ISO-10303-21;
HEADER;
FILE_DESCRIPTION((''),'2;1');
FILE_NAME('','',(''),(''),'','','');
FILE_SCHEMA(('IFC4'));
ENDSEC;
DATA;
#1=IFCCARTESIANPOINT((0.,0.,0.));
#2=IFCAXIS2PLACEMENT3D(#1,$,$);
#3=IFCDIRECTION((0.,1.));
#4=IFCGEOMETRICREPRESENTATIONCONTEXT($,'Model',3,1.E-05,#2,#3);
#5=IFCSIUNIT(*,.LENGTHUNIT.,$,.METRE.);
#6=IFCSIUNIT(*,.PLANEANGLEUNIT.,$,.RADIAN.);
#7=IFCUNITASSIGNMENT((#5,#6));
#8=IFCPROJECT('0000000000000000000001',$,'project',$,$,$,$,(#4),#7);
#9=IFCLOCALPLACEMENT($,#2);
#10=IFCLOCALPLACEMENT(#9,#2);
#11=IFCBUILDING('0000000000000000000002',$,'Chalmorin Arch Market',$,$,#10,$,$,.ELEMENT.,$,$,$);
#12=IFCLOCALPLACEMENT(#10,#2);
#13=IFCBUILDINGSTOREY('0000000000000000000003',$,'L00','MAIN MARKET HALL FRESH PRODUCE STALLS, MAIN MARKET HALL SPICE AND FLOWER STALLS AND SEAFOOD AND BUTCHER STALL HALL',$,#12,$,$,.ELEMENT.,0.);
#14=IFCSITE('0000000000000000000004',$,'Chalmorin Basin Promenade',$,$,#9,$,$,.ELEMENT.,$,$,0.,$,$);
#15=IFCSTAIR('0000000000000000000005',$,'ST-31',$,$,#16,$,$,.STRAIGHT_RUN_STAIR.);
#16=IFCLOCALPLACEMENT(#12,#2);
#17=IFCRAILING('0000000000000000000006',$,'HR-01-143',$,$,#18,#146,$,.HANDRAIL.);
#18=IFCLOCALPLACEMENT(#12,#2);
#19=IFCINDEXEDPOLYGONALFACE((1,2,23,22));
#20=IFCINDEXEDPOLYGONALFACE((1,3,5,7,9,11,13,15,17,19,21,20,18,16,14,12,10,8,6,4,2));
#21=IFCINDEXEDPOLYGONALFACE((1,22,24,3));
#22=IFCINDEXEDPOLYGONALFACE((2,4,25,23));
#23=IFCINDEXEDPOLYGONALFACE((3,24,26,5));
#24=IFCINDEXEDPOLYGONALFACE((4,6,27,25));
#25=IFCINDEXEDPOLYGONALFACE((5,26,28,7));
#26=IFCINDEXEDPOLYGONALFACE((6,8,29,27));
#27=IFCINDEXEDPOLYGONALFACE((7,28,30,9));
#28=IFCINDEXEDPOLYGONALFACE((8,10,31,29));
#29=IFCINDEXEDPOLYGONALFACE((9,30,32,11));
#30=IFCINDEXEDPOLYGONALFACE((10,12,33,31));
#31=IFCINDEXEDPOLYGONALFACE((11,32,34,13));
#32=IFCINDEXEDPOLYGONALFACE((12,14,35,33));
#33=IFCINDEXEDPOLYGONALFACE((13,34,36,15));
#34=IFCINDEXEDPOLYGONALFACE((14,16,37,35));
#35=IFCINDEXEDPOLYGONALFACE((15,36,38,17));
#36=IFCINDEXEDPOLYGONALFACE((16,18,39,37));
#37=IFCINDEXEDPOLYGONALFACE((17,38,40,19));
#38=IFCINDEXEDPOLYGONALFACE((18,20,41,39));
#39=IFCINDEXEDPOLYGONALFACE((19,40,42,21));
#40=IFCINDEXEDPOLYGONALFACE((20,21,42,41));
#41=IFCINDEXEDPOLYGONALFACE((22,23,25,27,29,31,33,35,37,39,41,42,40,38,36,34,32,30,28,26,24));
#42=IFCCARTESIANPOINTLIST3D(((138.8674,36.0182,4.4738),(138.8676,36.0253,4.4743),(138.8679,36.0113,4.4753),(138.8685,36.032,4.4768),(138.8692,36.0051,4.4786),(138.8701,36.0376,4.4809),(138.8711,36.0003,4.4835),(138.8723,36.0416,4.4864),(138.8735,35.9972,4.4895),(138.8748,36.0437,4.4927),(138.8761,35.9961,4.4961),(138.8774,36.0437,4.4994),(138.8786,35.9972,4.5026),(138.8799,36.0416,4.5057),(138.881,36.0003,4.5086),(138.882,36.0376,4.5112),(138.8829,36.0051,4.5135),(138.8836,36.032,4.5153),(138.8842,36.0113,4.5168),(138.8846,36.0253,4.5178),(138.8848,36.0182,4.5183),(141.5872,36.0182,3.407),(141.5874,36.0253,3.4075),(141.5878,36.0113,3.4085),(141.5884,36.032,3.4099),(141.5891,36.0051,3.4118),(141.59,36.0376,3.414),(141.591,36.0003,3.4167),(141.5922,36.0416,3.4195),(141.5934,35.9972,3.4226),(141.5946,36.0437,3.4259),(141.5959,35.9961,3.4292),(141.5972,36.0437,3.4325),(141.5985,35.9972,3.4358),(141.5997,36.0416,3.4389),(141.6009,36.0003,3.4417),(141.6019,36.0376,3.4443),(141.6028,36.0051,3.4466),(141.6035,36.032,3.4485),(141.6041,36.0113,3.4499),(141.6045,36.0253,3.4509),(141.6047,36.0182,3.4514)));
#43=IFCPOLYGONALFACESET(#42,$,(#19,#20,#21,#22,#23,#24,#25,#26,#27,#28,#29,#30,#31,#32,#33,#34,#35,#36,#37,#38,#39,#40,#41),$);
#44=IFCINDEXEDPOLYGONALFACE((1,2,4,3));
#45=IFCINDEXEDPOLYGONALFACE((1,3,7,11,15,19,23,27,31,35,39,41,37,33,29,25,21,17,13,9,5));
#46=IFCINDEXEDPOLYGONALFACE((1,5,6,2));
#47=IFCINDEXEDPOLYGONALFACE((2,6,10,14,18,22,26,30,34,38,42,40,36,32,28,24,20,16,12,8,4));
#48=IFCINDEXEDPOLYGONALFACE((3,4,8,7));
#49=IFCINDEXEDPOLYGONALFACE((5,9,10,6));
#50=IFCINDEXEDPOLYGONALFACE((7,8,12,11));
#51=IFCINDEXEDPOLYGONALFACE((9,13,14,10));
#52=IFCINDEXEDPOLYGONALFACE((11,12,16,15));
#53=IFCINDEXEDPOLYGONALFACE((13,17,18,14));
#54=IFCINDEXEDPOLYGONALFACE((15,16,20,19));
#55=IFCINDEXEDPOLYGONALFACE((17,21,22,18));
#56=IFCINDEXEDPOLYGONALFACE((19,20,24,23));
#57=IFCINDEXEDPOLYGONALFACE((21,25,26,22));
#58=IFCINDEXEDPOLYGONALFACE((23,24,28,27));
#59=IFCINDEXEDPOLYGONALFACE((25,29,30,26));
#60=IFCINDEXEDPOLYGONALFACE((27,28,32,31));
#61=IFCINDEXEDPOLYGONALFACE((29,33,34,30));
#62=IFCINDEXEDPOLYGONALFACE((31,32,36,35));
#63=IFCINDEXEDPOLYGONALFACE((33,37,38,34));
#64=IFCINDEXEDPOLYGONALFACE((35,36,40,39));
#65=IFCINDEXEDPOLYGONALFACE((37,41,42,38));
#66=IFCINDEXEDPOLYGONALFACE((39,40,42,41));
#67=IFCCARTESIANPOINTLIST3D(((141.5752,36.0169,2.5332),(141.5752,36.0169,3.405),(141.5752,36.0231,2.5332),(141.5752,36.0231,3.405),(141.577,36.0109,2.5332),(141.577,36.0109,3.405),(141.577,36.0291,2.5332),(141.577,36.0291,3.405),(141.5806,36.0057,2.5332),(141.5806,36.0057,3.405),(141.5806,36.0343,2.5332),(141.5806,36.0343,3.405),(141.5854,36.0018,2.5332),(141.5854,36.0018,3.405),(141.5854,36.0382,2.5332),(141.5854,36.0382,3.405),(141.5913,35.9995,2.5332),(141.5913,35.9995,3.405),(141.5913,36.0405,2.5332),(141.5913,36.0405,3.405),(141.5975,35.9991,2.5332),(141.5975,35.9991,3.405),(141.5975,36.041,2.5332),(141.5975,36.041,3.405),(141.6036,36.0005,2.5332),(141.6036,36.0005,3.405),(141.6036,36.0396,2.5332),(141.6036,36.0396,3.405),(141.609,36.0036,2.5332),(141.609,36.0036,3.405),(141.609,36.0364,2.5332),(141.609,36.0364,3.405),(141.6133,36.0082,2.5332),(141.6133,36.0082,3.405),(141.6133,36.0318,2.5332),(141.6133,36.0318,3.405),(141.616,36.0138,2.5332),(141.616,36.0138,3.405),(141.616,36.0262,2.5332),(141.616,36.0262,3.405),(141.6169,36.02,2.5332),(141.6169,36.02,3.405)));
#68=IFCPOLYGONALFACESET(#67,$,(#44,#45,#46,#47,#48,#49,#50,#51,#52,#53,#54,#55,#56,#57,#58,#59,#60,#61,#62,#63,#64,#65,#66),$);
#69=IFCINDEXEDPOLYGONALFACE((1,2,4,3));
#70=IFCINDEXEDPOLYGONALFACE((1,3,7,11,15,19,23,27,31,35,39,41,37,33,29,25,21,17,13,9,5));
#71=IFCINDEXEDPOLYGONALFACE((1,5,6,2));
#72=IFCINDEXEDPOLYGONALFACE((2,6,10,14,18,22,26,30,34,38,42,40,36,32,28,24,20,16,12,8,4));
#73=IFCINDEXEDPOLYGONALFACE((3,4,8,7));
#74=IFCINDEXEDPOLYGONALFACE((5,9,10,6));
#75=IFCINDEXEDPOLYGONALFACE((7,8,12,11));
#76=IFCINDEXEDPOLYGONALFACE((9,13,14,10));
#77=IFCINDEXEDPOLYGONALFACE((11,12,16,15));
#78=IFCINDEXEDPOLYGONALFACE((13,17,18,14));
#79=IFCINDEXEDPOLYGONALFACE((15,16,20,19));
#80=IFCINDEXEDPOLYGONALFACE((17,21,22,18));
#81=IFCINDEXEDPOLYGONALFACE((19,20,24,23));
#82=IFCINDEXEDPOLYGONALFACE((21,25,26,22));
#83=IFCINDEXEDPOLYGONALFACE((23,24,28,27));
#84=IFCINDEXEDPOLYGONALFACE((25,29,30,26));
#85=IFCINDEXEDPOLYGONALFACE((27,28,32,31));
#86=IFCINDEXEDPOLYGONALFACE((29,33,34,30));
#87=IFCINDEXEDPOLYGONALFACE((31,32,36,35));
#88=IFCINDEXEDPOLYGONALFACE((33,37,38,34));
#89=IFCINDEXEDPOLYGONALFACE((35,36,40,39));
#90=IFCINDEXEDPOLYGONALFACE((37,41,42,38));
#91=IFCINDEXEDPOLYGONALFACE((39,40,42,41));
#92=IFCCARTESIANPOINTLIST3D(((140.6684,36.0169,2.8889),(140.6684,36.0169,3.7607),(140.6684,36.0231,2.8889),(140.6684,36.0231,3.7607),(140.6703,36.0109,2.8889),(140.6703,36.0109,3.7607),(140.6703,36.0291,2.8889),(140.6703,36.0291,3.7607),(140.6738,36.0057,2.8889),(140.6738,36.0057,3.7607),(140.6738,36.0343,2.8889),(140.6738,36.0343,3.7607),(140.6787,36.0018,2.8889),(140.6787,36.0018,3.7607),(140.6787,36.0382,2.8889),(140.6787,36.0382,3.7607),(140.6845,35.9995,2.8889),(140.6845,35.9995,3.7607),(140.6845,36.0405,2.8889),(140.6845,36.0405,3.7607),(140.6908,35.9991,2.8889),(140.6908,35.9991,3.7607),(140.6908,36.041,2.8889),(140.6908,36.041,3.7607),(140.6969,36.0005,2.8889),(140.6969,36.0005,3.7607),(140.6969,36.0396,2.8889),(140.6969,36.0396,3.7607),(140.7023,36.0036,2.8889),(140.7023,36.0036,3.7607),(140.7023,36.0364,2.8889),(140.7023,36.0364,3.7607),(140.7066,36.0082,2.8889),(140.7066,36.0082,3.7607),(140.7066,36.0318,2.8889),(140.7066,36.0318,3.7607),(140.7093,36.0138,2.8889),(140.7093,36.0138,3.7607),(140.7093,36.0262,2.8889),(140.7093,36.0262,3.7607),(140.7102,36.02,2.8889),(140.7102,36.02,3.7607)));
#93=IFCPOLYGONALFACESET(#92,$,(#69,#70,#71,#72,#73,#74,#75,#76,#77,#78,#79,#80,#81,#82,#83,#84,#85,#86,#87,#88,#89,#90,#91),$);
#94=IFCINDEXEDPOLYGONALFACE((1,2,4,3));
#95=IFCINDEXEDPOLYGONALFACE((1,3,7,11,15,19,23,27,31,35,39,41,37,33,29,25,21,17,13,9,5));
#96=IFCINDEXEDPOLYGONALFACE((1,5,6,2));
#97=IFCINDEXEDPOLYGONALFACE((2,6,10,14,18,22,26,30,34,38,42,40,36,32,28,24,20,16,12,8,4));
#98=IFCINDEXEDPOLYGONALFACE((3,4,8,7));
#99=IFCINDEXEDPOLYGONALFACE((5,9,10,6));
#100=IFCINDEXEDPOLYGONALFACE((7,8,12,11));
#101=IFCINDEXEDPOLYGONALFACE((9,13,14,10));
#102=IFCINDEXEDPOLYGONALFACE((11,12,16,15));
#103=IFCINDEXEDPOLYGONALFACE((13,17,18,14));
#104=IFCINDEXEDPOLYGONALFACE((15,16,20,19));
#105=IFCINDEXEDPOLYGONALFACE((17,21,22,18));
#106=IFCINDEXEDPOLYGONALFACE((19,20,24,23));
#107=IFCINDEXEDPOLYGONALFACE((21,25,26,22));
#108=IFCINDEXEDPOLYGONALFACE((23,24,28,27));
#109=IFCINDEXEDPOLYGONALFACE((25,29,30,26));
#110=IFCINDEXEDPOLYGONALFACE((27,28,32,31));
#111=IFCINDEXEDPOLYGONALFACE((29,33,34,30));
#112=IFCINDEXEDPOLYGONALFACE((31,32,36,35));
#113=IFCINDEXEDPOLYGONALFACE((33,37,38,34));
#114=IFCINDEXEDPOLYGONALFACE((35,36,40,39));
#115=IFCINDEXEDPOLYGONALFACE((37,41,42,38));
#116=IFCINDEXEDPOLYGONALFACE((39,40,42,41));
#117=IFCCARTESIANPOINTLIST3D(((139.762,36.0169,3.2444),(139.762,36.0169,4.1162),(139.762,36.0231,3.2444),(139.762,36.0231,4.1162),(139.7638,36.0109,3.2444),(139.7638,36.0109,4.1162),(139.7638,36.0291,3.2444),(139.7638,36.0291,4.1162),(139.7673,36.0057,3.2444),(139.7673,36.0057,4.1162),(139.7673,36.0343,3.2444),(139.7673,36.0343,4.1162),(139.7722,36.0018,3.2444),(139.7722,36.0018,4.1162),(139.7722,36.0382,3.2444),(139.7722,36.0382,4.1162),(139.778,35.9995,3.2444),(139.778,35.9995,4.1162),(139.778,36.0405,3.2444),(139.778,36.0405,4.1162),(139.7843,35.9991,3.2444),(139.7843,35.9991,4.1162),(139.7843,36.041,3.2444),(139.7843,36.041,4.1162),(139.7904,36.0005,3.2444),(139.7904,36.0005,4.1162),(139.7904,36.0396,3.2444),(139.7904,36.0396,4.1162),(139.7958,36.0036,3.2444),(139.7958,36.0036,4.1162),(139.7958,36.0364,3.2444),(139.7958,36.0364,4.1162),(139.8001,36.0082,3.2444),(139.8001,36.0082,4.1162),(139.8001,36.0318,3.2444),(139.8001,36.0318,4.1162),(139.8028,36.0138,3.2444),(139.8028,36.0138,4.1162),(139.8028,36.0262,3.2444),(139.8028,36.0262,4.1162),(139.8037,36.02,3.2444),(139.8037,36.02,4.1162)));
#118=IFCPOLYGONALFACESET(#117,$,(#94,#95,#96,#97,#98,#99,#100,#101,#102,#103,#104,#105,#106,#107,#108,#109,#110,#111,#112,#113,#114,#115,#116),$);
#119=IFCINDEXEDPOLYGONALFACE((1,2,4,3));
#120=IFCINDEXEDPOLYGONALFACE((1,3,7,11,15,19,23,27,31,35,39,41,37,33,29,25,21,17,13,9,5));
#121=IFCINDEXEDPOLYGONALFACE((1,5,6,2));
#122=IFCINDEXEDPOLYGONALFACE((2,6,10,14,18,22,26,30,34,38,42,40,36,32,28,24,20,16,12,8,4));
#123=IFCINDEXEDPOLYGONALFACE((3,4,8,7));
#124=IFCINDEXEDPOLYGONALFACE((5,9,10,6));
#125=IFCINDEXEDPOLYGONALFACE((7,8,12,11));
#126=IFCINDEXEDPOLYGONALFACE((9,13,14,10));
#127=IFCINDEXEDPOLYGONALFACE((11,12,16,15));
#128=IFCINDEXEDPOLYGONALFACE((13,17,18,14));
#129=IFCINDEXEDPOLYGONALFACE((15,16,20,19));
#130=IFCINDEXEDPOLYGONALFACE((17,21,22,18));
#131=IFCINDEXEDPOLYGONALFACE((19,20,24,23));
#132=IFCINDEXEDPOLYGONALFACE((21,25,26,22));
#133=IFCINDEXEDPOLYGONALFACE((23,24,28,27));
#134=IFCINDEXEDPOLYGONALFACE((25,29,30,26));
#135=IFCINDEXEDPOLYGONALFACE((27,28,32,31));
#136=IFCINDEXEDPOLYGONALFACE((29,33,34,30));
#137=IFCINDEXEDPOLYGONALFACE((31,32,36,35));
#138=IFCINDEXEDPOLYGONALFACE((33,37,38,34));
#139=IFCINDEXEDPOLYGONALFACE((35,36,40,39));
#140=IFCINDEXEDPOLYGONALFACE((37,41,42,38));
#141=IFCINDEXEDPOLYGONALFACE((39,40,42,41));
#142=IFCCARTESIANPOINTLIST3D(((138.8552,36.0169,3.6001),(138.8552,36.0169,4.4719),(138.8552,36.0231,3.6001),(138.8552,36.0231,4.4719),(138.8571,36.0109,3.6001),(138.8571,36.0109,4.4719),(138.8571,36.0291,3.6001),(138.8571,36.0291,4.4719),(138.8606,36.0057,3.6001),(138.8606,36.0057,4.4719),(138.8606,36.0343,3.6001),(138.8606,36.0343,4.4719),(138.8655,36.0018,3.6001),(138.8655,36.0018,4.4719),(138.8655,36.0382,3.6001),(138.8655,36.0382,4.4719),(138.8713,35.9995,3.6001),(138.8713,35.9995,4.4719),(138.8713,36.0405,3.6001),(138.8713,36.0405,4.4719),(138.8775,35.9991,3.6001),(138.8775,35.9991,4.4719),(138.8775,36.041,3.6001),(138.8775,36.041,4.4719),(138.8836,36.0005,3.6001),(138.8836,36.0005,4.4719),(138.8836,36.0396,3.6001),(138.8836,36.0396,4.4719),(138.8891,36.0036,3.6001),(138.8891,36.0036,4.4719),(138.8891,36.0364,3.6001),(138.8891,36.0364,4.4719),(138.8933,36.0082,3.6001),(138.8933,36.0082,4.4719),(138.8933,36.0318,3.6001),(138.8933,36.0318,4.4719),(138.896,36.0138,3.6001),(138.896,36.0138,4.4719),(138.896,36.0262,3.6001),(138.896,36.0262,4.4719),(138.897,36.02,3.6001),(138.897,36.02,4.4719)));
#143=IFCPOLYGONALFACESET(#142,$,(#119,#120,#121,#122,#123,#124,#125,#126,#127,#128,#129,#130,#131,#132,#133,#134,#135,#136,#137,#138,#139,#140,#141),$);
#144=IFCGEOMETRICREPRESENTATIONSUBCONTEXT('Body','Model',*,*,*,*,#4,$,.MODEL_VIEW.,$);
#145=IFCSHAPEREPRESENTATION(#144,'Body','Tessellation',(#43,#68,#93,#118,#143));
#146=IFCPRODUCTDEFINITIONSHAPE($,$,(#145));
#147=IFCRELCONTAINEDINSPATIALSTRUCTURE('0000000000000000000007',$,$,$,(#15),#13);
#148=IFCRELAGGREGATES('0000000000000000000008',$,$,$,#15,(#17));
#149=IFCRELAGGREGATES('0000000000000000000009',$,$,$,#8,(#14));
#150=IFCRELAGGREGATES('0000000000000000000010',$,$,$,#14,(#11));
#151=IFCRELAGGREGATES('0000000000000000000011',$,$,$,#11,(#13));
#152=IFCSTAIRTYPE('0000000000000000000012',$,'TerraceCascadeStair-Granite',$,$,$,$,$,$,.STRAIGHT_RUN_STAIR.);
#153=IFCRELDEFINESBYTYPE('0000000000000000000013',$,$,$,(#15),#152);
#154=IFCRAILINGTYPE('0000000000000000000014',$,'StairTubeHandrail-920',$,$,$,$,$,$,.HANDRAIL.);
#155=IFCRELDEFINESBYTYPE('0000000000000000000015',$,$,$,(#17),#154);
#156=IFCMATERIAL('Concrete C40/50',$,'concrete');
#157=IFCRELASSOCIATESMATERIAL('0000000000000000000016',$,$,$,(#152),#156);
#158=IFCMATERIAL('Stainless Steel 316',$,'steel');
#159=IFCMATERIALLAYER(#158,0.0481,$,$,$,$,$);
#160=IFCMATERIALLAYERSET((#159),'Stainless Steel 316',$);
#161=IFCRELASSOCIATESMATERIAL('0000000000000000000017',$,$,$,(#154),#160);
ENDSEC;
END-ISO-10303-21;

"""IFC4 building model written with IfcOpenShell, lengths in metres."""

from ifc_helpers import new_model, si_unit, direction, frame, origin, origin_2d, place, context, subcontext, project, spatial, circle, extrude, material, layer, layer_set, type_object, element, aggregate, save


model = new_model("IFC4")

# Units and contexts
model_context = context("Model", 3, precision=1e-05, world=origin(), true_north=direction((0.0, 1.0)))
body_context = subcontext(model_context, "Body", "Model", "MODEL_VIEW")
ifc_project = project(units=[si_unit("LENGTHUNIT", "METRE"), si_unit("PLANEANGLEUNIT", "RADIAN")], contexts=[model_context])

# Site, building, storey
site_placement = place(None, origin())
site = spatial("IfcSite", under=ifc_project, at=site_placement, Name="Chalmorin Basin Promenade", CompositionType="ELEMENT", RefElevation=0.0)
building_placement = place(site_placement, origin())
building = spatial("IfcBuilding", under=site, at=building_placement, Name="Chalmorin Arch Market", CompositionType="ELEMENT")
storey_placement = place(building_placement, origin())
storey = spatial("IfcBuildingStorey", under=building, at=storey_placement, Name="L00", Description="MAIN MARKET HALL FRESH PRODUCE STALLS, MAIN MARKET HALL SPICE AND FLOWER STALLS AND SEAFOOD AND BUTCHER STALL HALL", CompositionType="ELEMENT", Elevation=0.0)

# Shared definitions
ifc_material_1 = material(Name="Concrete C40/50", Category="concrete")

# Stair
stair_type = type_object("IfcStairType", Name="TerraceCascadeStair-Granite", PredefinedType="STRAIGHT_RUN_STAIR", material=ifc_material_1)
stair_1_placement = place(storey_placement, origin())
stair_1 = element("IfcStair", 1, at=stair_1_placement, inside=storey, type_object=stair_type, Name="ST-31", PredefinedType="STRAIGHT_RUN_STAIR")

# Railing
ifc_material_2 = material(Name="Stainless Steel 316", Category="steel")
ifc_layer_1 = layer(ifc_material_2, 0.0481)
ifc_layer_set_1 = layer_set([ifc_layer_1], Name="Stainless Steel 316")
railing_type_1 = type_object("IfcRailingType", Name="StairTubeHandrail-920", PredefinedType="HANDRAIL", material=ifc_layer_set_1)
railing_1_placement = place(storey_placement, frame((141.5959, 36.02, 2.5332)))
railing_1 = element("IfcRailing", 2, at=railing_1_placement, type_object=railing_type_1, Name="HR-01-143", PredefinedType="HANDRAIL", context=body_context, shape_type="SweptSolid", body=[
    extrude(circle(Radius=0.0239, at=origin_2d()), frame((0.0, 0.0, 0.896), z_axis=(-0.930945, 0.0, 0.365159), x_axis=(0.0, -1.0, 0.0)), (0.0, 0.0, 1.0), 2.9216),
    extrude(circle(Radius=0.021, at=origin_2d()), origin(), (0.0, 0.0, 1.0), 0.8718),
    extrude(circle(Radius=0.021, at=origin_2d()), frame((-0.9067, 0.0, 0.3557)), (0.0, 0.0, 1.0), 0.8718),
    extrude(circle(Radius=0.021, at=origin_2d()), frame((-1.8132, 0.0, 0.7112)), (0.0, 0.0, 1.0), 0.8718),
    extrude(circle(Radius=0.021, at=origin_2d()), frame((-2.72, 0.0, 1.0669)), (0.0, 0.0, 1.0), 0.8718),
])
aggregate(stair_1, [railing_1])

save(model, "model.ifc")
